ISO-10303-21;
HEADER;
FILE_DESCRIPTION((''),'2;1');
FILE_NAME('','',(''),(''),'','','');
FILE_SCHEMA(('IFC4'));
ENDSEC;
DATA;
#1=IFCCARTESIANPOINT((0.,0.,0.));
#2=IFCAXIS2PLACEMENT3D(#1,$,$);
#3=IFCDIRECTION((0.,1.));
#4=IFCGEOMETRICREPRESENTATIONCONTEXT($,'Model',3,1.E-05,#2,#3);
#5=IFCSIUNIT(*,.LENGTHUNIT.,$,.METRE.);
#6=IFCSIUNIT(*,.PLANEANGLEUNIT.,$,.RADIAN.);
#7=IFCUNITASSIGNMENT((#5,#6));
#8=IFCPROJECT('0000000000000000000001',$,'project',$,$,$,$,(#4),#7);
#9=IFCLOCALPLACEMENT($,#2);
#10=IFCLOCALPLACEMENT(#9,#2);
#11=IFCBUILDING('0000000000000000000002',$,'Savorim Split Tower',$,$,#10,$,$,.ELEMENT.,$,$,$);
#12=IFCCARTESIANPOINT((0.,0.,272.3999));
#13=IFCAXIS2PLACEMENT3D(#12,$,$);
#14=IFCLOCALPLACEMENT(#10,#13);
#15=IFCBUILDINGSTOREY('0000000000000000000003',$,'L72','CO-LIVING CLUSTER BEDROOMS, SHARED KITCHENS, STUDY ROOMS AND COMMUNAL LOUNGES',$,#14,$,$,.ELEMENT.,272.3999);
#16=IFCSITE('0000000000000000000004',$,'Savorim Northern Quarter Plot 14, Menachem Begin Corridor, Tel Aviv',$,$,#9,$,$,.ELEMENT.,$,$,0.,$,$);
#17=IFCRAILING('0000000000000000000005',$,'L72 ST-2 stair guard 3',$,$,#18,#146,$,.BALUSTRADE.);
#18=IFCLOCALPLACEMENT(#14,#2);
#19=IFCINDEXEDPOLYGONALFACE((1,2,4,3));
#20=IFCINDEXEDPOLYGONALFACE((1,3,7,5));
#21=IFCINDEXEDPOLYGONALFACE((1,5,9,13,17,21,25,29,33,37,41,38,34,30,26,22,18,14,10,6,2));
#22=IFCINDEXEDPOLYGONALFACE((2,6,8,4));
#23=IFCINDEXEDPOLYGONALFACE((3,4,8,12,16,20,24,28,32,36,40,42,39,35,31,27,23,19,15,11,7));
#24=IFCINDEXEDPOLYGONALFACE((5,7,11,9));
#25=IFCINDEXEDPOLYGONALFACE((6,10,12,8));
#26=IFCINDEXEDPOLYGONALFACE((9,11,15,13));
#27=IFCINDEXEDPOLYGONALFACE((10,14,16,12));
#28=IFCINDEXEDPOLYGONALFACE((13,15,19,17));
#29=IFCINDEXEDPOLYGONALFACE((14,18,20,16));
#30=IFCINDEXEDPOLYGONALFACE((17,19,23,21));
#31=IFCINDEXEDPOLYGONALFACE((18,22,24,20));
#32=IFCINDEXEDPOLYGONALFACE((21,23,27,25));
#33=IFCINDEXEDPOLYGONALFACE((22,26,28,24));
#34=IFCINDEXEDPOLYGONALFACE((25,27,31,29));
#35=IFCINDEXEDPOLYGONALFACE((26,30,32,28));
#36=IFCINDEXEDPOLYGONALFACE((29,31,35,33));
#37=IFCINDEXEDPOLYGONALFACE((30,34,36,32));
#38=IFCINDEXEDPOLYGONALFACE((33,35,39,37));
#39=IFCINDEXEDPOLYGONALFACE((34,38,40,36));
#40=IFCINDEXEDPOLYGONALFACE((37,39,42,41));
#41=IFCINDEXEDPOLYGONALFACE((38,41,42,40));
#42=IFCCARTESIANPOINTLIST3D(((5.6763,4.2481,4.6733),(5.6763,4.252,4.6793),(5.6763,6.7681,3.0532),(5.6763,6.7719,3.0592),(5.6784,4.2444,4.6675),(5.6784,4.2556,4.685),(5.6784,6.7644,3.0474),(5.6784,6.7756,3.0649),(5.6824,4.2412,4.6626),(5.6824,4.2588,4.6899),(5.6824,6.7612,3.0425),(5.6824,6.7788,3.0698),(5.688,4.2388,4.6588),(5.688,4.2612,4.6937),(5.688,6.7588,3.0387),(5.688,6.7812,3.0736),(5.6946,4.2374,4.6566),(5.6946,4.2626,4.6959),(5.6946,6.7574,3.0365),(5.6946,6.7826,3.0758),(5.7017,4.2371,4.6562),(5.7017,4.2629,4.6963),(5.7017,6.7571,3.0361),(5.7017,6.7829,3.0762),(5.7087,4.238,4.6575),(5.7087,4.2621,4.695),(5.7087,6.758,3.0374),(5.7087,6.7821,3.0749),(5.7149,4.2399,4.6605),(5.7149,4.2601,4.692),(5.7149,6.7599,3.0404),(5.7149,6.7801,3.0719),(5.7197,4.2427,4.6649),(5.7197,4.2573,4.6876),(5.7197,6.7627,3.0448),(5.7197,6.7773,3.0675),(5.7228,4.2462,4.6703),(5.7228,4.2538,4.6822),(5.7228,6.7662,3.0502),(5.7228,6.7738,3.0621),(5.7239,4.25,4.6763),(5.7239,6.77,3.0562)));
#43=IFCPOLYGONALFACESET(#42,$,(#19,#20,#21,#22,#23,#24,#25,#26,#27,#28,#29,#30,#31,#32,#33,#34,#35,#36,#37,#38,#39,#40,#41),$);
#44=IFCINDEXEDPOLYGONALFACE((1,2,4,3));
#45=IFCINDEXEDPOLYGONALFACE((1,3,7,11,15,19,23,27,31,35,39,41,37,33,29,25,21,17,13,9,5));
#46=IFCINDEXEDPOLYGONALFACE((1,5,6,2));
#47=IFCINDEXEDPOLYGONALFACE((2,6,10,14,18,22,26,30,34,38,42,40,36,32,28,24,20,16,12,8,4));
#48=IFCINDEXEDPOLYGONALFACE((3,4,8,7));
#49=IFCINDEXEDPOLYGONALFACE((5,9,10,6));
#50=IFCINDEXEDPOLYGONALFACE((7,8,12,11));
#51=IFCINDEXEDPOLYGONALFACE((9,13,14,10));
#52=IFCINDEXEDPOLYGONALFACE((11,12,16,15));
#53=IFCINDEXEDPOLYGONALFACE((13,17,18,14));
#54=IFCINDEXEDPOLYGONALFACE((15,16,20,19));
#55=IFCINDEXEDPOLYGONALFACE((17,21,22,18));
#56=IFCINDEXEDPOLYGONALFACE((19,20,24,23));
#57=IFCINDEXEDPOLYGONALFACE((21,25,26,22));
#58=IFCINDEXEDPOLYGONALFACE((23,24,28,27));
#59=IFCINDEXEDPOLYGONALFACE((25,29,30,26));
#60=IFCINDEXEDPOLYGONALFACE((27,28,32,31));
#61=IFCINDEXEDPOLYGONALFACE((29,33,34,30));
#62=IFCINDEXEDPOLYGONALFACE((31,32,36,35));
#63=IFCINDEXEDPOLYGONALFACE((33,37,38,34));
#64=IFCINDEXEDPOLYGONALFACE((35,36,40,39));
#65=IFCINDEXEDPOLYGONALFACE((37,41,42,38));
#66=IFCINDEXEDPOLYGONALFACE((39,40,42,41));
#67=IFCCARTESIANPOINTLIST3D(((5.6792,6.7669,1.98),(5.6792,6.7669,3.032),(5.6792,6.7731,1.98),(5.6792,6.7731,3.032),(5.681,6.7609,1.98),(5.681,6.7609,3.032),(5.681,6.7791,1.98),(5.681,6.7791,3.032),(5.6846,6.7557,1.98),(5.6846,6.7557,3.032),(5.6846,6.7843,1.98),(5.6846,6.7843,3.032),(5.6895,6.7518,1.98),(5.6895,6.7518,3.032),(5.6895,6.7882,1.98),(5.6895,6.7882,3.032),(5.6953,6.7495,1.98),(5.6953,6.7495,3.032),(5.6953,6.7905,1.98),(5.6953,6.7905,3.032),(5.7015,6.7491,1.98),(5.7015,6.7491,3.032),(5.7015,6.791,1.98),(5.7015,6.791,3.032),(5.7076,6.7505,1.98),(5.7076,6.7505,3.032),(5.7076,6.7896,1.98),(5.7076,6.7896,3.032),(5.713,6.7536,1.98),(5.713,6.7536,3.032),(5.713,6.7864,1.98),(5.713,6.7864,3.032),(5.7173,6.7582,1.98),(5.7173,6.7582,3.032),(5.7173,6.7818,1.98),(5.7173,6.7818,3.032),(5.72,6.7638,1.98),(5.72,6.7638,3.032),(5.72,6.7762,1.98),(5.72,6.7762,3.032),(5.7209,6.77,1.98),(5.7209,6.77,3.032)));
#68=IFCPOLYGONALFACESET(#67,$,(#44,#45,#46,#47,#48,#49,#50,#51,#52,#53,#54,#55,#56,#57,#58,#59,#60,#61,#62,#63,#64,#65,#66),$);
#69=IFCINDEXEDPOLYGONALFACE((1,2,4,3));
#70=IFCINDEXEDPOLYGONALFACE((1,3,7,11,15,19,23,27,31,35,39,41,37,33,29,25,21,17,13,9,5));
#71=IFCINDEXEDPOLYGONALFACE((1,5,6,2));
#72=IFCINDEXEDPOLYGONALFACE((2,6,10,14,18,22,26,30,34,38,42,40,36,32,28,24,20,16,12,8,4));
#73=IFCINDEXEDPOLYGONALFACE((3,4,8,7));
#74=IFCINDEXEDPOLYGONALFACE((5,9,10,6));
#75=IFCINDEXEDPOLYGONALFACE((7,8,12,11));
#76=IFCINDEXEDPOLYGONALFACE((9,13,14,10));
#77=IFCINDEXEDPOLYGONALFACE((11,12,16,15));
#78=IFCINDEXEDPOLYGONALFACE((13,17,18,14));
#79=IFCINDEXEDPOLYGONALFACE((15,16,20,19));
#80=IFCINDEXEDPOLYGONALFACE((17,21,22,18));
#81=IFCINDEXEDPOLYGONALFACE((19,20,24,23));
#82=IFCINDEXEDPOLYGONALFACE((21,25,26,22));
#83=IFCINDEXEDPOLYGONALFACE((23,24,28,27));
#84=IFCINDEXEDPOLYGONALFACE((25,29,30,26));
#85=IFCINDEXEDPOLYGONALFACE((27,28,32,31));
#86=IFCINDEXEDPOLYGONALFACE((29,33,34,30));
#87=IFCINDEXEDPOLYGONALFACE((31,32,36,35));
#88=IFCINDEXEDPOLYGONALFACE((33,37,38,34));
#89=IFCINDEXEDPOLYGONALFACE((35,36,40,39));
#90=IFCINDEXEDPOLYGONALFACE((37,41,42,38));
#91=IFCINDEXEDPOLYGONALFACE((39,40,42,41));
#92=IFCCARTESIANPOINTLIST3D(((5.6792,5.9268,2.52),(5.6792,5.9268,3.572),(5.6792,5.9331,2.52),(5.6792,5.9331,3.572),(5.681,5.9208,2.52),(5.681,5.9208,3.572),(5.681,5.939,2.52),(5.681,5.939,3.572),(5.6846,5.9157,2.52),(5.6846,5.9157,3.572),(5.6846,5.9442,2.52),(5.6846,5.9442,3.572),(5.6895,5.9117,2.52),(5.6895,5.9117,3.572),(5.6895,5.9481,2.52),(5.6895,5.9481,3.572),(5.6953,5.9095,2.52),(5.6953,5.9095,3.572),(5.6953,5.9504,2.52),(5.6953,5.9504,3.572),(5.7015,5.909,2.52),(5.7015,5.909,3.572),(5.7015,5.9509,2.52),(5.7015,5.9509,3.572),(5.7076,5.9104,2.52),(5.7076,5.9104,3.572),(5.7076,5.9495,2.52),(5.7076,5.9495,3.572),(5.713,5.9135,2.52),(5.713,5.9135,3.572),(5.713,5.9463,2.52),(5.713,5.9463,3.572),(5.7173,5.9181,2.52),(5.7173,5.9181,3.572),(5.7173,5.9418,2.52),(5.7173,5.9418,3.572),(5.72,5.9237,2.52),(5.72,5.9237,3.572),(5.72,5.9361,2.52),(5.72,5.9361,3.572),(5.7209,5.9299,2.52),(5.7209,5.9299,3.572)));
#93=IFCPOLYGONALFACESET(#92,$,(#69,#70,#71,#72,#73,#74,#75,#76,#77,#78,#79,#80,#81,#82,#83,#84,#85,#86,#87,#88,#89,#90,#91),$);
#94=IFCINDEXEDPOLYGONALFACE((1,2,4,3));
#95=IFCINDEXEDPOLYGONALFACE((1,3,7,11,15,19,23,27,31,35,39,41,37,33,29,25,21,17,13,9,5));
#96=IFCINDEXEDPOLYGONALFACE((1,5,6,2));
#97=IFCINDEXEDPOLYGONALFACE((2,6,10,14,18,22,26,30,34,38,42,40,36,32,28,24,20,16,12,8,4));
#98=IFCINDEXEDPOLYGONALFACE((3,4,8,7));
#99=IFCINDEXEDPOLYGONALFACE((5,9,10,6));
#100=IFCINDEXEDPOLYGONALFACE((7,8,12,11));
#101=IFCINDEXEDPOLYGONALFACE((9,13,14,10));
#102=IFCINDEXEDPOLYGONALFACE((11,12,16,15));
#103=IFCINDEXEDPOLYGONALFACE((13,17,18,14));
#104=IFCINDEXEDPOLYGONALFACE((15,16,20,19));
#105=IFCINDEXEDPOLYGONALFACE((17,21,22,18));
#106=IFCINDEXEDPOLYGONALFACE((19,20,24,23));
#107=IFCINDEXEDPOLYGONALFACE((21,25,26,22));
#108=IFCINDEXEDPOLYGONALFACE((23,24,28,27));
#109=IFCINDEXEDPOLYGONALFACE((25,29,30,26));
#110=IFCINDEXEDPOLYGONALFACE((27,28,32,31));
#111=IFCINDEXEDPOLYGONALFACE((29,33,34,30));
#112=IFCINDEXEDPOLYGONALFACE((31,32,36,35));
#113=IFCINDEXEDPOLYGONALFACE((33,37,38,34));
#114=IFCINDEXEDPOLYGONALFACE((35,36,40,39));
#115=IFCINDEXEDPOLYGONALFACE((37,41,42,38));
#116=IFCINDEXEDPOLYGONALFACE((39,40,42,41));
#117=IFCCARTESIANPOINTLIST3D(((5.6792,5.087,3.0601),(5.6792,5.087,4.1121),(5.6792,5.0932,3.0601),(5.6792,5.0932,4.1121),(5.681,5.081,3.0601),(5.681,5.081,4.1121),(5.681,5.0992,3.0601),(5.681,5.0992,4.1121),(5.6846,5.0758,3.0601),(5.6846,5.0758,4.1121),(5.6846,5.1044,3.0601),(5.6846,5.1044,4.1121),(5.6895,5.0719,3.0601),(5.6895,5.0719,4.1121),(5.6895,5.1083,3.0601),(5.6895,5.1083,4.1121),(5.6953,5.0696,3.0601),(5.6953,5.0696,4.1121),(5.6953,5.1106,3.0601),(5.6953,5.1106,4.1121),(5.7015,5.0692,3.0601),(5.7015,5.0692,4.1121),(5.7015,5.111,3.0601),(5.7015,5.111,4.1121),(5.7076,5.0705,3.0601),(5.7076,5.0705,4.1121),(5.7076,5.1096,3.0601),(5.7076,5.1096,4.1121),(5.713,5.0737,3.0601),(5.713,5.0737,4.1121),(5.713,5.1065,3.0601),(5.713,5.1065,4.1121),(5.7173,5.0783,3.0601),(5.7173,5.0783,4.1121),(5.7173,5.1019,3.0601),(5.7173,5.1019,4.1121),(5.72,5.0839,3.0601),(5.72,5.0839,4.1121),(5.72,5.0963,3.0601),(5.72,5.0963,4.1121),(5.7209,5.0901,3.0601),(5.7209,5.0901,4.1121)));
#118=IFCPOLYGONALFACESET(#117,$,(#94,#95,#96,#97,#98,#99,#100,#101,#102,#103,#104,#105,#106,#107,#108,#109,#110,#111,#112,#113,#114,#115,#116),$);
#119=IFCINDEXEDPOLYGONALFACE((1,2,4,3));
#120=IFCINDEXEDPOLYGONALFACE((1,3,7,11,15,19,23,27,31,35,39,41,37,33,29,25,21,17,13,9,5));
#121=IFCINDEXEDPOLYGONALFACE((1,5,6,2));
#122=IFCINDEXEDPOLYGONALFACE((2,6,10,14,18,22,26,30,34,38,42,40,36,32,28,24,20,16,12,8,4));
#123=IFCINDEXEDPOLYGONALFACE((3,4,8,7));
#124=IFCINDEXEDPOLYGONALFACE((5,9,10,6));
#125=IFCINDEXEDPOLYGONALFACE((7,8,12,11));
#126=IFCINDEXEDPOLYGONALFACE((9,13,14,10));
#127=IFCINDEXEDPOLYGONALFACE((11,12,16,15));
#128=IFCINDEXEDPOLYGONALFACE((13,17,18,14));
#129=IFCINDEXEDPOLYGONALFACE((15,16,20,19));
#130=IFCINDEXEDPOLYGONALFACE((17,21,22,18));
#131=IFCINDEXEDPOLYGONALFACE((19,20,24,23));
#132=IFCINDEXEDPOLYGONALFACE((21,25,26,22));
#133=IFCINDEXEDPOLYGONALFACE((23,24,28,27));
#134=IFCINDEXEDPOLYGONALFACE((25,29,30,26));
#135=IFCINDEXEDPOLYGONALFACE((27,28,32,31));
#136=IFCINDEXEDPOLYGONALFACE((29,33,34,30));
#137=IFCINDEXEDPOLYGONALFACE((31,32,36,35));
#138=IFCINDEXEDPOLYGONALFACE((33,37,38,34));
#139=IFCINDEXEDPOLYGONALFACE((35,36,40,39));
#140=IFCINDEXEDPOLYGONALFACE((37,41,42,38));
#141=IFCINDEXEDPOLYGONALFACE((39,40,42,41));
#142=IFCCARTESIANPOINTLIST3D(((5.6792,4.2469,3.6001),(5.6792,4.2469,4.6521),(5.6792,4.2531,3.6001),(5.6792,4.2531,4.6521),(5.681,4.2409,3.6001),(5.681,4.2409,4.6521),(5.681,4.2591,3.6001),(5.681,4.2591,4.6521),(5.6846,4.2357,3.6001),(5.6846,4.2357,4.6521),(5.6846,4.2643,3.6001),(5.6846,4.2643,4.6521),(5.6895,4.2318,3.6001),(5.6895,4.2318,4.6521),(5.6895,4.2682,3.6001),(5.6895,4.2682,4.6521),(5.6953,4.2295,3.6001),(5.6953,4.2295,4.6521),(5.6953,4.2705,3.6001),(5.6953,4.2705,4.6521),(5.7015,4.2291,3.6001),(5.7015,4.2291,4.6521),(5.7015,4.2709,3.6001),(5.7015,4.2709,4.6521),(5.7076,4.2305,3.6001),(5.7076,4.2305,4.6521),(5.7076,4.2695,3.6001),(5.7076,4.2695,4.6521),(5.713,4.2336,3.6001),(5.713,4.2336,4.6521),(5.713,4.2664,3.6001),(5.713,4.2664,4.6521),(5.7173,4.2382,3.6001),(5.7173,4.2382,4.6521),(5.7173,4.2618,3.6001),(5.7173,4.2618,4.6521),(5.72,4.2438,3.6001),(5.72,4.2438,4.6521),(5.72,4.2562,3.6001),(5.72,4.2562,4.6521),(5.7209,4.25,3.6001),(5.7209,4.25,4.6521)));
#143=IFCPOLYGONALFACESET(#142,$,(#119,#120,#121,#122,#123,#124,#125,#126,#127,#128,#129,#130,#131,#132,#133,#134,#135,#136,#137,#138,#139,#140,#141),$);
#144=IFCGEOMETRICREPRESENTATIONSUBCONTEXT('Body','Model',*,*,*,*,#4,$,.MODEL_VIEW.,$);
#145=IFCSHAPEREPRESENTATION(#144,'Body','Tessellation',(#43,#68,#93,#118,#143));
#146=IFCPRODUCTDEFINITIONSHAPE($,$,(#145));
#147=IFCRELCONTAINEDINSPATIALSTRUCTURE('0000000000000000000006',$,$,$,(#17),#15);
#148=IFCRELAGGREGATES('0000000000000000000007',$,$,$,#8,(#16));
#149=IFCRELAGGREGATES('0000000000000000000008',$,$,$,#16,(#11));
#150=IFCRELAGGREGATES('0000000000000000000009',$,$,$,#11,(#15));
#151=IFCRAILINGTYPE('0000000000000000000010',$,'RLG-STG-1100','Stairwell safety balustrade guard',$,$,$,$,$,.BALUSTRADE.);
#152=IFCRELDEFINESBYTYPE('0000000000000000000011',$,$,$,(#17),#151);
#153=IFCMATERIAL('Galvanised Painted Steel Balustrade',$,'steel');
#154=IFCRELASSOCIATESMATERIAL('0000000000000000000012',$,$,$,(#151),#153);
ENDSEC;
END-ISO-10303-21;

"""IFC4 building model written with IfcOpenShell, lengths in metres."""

from ifc_helpers import new_model, si_unit, direction, frame, origin, origin_2d, place, context, subcontext, project, spatial, circle, extrude, material, type_object, element, save


model = new_model("IFC4")

# Units and contexts
model_context = context("Model", 3, precision=1e-05, world=origin(), true_north=direction((0.0, 1.0)))
body_context = subcontext(model_context, "Body", "Model", "MODEL_VIEW")
ifc_project = project(units=[si_unit("LENGTHUNIT", "METRE"), si_unit("PLANEANGLEUNIT", "RADIAN")], contexts=[model_context])

# Site, building, storey
site_placement = place(None, origin())
site = spatial("IfcSite", under=ifc_project, at=site_placement, Name="Savorim Northern Quarter Plot 14, Menachem Begin Corridor, Tel Aviv", CompositionType="ELEMENT", RefElevation=0.0)
building_placement = place(site_placement, origin())
building = spatial("IfcBuilding", under=site, at=building_placement, Name="Savorim Split Tower", CompositionType="ELEMENT")
storey_placement = place(building_placement, frame((0.0, 0.0, 272.3999)))
storey = spatial("IfcBuildingStorey", under=building, at=storey_placement, Name="L72", Description="CO-LIVING CLUSTER BEDROOMS, SHARED KITCHENS, STUDY ROOMS AND COMMUNAL LOUNGES", CompositionType="ELEMENT", Elevation=272.3999)

# Railing
ifc_material_1 = material(Name="Galvanised Painted Steel Balustrade", Category="steel")
railing_type_1 = type_object("IfcRailingType", Name="RLG-STG-1100", Description="Stairwell safety balustrade guard", PredefinedType="BALUSTRADE", material=ifc_material_1)
railing_1_placement = place(storey_placement, frame((5.7, 6.77, 1.98)))
element("IfcRailing", 1, at=railing_1_placement, inside=storey, type_object=railing_type_1, Name="L72 ST-2 stair guard 3", PredefinedType="BALUSTRADE", context=body_context, shape_type="SweptSolid", body=[
    extrude(circle(Radius=0.0239, at=origin_2d()), frame((0.0, 0.0, 1.0762), z_axis=(0.0, -0.841163, 0.540782), x_axis=(1.0, 0.0, 0.0)), (0.0, 0.0, 1.0), 2.9958),
    extrude(circle(Radius=0.021, at=origin_2d()), origin(), (0.0, 0.0, 1.0), 1.052),
    extrude(circle(Radius=0.021, at=origin_2d()), frame((0.0, -0.8401, 0.54)), (0.0, 0.0, 1.0), 1.052),
    extrude(circle(Radius=0.021, at=origin_2d()), frame((0.0, -1.6799, 1.0801)), (0.0, 0.0, 1.0), 1.052),
    extrude(circle(Radius=0.021, at=origin_2d()), frame((0.0, -2.52, 1.6201)), (0.0, 0.0, 1.0), 1.052),
])

save(model, "model.ifc")
